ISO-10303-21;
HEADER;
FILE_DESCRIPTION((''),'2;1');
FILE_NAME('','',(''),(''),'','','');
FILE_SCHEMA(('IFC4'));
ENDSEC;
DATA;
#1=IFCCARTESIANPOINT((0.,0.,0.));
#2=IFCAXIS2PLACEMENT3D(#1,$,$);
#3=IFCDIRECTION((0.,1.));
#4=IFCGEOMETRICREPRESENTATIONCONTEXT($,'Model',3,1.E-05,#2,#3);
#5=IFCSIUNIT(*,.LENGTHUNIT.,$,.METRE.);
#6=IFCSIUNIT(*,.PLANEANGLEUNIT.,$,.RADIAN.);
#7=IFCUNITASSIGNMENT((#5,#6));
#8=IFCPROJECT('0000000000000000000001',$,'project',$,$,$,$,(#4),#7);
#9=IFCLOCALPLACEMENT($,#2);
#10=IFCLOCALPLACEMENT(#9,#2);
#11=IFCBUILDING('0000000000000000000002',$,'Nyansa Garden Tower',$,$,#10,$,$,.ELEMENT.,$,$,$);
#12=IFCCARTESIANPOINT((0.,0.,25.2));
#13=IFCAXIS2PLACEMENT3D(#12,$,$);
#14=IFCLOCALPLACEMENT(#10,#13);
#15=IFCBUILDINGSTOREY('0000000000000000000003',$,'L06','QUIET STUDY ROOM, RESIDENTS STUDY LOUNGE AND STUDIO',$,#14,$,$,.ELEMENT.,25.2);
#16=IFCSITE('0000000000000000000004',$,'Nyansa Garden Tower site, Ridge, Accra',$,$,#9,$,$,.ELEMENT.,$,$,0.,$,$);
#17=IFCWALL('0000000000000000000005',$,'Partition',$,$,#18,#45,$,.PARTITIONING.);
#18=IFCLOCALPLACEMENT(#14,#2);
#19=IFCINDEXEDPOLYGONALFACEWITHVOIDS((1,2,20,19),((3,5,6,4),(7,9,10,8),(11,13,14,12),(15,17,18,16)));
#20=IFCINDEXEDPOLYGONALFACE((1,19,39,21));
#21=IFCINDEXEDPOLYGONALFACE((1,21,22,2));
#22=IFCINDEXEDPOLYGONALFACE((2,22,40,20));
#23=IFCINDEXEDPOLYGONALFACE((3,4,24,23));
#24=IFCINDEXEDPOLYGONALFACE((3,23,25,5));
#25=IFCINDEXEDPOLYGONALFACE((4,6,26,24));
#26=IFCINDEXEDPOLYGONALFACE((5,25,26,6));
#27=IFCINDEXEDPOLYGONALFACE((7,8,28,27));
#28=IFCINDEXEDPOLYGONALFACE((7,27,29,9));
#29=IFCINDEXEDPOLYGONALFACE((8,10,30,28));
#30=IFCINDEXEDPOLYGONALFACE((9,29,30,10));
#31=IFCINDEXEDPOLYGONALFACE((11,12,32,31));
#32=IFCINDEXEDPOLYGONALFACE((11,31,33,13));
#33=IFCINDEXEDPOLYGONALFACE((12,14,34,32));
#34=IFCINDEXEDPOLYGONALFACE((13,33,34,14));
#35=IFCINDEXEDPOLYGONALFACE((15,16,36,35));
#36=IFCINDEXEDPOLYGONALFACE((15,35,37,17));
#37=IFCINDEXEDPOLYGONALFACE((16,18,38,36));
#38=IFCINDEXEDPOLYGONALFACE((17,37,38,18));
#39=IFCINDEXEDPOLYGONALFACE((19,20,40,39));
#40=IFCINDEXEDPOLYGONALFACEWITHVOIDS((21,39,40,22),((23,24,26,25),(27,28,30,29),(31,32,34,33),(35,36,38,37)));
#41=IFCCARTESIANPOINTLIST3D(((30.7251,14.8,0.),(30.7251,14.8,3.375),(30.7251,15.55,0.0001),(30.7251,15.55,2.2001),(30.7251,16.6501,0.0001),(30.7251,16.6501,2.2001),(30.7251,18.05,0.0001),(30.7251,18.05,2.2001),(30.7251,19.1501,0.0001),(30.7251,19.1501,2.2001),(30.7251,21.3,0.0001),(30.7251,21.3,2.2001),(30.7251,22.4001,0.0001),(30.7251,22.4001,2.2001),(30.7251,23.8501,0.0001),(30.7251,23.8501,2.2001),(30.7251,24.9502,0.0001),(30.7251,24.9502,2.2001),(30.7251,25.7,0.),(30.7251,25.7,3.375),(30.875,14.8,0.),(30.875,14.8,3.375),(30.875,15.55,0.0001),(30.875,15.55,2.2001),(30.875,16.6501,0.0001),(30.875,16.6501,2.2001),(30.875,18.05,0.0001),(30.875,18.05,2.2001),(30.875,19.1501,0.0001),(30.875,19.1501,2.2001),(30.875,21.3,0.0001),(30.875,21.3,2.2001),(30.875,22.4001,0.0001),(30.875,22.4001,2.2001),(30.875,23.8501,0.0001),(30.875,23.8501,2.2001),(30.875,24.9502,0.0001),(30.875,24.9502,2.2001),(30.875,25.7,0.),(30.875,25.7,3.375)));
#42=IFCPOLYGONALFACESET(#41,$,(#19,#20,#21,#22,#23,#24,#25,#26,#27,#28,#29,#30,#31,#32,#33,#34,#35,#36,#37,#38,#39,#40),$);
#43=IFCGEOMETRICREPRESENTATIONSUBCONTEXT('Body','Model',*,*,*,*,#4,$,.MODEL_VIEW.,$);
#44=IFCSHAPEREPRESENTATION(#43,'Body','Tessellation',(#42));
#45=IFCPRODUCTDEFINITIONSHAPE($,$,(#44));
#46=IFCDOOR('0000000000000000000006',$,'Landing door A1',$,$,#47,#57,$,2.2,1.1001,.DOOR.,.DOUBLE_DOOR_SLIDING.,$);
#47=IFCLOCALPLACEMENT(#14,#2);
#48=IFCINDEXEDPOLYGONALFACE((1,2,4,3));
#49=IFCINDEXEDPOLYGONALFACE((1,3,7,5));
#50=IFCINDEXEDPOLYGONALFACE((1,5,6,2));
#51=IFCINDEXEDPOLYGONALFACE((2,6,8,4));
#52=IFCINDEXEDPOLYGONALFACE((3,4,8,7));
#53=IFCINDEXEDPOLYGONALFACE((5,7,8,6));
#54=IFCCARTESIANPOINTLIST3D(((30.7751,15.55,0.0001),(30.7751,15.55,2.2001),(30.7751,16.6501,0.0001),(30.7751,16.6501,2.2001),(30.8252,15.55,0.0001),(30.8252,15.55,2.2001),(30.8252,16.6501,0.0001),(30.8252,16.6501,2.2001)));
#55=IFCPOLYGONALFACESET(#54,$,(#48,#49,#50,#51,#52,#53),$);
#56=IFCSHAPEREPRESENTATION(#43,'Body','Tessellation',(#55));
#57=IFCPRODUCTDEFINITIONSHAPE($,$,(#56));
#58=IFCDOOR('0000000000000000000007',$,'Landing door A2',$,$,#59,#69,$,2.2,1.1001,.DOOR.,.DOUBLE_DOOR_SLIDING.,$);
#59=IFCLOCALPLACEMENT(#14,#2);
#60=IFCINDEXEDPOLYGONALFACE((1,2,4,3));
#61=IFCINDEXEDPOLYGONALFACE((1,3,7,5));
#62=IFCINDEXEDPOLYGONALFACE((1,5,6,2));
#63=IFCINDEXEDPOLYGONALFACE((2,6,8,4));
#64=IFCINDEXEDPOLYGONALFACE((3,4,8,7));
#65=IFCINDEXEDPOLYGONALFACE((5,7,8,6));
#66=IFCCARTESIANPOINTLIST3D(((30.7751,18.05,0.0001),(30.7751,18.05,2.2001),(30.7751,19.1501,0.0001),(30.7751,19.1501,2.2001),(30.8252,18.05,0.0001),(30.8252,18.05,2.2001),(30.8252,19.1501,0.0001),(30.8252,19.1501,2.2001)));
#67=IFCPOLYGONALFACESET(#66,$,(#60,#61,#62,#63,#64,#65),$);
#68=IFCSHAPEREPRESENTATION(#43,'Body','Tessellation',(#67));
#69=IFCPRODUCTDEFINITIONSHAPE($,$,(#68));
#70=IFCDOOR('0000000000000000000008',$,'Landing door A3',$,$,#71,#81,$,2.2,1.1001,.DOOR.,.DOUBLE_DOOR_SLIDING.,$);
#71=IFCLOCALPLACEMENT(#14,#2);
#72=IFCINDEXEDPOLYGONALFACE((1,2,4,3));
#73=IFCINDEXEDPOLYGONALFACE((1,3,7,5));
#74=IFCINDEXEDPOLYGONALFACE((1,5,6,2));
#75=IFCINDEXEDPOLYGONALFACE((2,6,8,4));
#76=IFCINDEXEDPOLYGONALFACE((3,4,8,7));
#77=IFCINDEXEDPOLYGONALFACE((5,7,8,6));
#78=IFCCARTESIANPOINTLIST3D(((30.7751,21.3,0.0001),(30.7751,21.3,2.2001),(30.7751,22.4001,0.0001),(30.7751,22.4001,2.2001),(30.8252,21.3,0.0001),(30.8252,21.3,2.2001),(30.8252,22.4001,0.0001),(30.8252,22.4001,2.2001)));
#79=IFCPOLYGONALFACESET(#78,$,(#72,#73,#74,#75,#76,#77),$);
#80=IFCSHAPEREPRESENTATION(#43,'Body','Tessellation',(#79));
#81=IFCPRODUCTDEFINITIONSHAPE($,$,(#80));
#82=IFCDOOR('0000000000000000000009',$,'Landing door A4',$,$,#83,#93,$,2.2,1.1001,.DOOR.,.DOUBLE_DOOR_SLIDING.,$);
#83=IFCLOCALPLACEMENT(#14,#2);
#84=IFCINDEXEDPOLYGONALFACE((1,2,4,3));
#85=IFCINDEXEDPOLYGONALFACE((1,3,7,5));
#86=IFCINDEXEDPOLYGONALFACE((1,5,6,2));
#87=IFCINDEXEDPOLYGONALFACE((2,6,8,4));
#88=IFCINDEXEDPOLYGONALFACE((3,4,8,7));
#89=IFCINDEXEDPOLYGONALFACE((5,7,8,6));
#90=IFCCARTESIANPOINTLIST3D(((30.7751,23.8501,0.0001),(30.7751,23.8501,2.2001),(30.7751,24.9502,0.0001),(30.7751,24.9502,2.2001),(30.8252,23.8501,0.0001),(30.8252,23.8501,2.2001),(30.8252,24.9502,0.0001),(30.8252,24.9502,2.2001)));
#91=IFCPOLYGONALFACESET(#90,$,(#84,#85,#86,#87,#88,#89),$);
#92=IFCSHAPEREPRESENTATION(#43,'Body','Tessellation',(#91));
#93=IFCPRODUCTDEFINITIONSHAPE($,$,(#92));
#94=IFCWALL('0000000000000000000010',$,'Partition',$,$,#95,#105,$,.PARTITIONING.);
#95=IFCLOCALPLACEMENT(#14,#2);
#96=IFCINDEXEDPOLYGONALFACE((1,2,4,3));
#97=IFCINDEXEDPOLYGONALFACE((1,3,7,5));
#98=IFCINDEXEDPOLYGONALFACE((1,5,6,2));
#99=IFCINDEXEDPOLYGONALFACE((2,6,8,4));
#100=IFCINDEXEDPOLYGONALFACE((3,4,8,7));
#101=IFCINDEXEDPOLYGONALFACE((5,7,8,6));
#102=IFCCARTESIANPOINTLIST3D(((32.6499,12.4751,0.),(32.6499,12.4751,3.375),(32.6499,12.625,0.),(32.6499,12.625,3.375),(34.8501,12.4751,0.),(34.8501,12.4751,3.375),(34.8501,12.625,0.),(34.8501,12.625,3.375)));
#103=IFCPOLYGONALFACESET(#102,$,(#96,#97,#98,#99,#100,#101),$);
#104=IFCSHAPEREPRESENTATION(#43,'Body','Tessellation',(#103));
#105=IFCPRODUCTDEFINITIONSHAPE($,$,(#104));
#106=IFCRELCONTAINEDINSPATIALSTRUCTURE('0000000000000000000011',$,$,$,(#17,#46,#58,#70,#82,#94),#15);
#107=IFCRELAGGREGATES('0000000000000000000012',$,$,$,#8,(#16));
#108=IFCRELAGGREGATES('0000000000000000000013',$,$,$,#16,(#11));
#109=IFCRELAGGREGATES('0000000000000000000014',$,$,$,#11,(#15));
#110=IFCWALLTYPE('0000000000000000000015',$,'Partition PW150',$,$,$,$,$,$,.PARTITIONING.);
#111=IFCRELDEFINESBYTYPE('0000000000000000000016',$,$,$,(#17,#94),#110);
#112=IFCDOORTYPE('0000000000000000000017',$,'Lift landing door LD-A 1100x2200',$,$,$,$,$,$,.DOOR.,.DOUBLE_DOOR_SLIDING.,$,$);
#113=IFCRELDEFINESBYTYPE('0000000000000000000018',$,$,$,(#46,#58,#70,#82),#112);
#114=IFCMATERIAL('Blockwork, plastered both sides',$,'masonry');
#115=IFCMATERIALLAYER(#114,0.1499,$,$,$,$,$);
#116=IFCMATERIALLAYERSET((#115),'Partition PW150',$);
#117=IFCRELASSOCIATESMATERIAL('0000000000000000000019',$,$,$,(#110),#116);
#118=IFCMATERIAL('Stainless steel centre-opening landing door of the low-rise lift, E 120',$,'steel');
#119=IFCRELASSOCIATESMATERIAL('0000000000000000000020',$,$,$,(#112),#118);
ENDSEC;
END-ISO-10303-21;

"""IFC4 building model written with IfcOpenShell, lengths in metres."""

from ifc_helpers import new_model, si_unit, direction, frame, frame_2d, origin, place, context, subcontext, project, spatial, rectangle, extrude, material, layer, layer_set, type_object, element, fill, save


model = new_model("IFC4")

# Units and contexts
model_context = context("Model", 3, precision=1e-05, world=origin(), true_north=direction((0.0, 1.0)))
body_context = subcontext(model_context, "Body", "Model", "MODEL_VIEW")
ifc_project = project(units=[si_unit("LENGTHUNIT", "METRE"), si_unit("PLANEANGLEUNIT", "RADIAN")], contexts=[model_context])

# Site, building, storey
site_placement = place(None, origin())
site = spatial("IfcSite", under=ifc_project, at=site_placement, Name="Nyansa Garden Tower site, Ridge, Accra", CompositionType="ELEMENT", RefElevation=0.0)
building_placement = place(site_placement, origin())
building = spatial("IfcBuilding", under=site, at=building_placement, Name="Nyansa Garden Tower", CompositionType="ELEMENT")
storey_placement = place(building_placement, frame((0.0, 0.0, 25.2)))
storey = spatial("IfcBuildingStorey", under=building, at=storey_placement, Name="L06", Description="QUIET STUDY ROOM, RESIDENTS STUDY LOUNGE AND STUDIO", CompositionType="ELEMENT", Elevation=25.2)

# Shared definitions
ifc_material_1 = material(Name="Blockwork, plastered both sides", Category="masonry")
ifc_layer_1 = layer(ifc_material_1, 0.1499)
ifc_layer_set_1 = layer_set([ifc_layer_1], Name="Partition PW150")
wall_type_1 = type_object("IfcWallType", Name="Partition PW150", PredefinedType="PARTITIONING", material=ifc_layer_set_1)

# Wall, openings, doors
wall_1_placement = place(storey_placement, frame((30.8, 14.8, 0.0), z_axis=(0.0, 0.0, 1.0), x_axis=(0.0, 1.0, 0.0)))
wall_1 = element("IfcWall", 1, at=wall_1_placement, inside=storey, type_object=wall_type_1, Name="Partition", PredefinedType="PARTITIONING", context=body_context, shape_type="SweptSolid", body=[
    extrude(rectangle(XDim=10.8999, YDim=0.1499, at=frame_2d((5.45, 0.0))), origin(), (0.0, 0.0, 1.0), 3.375),
])
opening_1_placement = place(wall_1_placement, frame((0.75, 0.0, 0.0)))
opening_1 = element("IfcOpeningElement", 2, at=opening_1_placement, cuts=wall_1, PredefinedType="OPENING", context=body_context, shape_type="SweptSolid", body=[
    extrude(rectangle(XDim=1.1001, YDim=2.2, at=frame_2d((0.55, 1.1001))), frame((0.0, 0.085, 0.0), z_axis=(0.0, -1.0, 0.0), x_axis=(1.0, 0.0, 0.0)), (0.0, 0.0, 1.0), 0.1699),
])
opening_2_placement = place(wall_1_placement, frame((3.25, 0.0, 0.0)))
opening_2 = element("IfcOpeningElement", 3, at=opening_2_placement, cuts=wall_1, PredefinedType="OPENING", context=body_context, shape_type="SweptSolid", body=[
    extrude(rectangle(XDim=1.1001, YDim=2.2, at=frame_2d((0.55, 1.1001))), frame((0.0, 0.085, 0.0), z_axis=(0.0, -1.0, 0.0), x_axis=(1.0, 0.0, 0.0)), (0.0, 0.0, 1.0), 0.1699),
])
opening_3_placement = place(wall_1_placement, frame((6.5, 0.0, 0.0)))
opening_3 = element("IfcOpeningElement", 4, at=opening_3_placement, cuts=wall_1, PredefinedType="OPENING", context=body_context, shape_type="SweptSolid", body=[
    extrude(rectangle(XDim=1.1001, YDim=2.2, at=frame_2d((0.55, 1.1001))), frame((0.0, 0.085, 0.0), z_axis=(0.0, -1.0, 0.0), x_axis=(1.0, 0.0, 0.0)), (0.0, 0.0, 1.0), 0.1699),
])
opening_4_placement = place(wall_1_placement, frame((9.05, 0.0, 0.0)))
opening_4 = element("IfcOpeningElement", 5, at=opening_4_placement, cuts=wall_1, PredefinedType="OPENING", context=body_context, shape_type="SweptSolid", body=[
    extrude(rectangle(XDim=1.1001, YDim=2.2, at=frame_2d((0.55, 1.1001))), frame((0.0, 0.085, 0.0), z_axis=(0.0, -1.0, 0.0), x_axis=(1.0, 0.0, 0.0)), (0.0, 0.0, 1.0), 0.1699),
])
ifc_material_2 = material(Name="Stainless steel centre-opening landing door of the low-rise lift, E 120", Category="steel")
door_type_1 = type_object("IfcDoorType", Name="Lift landing door LD-A 1100x2200", OperationType="DOUBLE_DOOR_SLIDING", PredefinedType="DOOR", material=ifc_material_2)
door_1_placement = place(opening_1_placement, origin())
door_1 = element("IfcDoor", 6, at=door_1_placement, inside=storey, type_object=door_type_1, Name="Landing door A1", OperationType="DOUBLE_DOOR_SLIDING", OverallHeight=2.2, OverallWidth=1.1001, PredefinedType="DOOR", context=body_context, shape_type="SweptSolid", body=[
    extrude(rectangle(XDim=1.1001, YDim=2.2, at=frame_2d((0.55, 1.1001))), frame((0.0, 0.0249, 0.0), z_axis=(0.0, -1.0, 0.0), x_axis=(1.0, 0.0, 0.0)), (0.0, 0.0, 1.0), 0.05),
])
fill(opening_1, door_1)
door_2_placement = place(opening_2_placement, origin())
door_2 = element("IfcDoor", 7, at=door_2_placement, inside=storey, type_object=door_type_1, Name="Landing door A2", OperationType="DOUBLE_DOOR_SLIDING", OverallHeight=2.2, OverallWidth=1.1001, PredefinedType="DOOR", context=body_context, shape_type="SweptSolid", body=[
    extrude(rectangle(XDim=1.1001, YDim=2.2, at=frame_2d((0.55, 1.1001))), frame((0.0, 0.0249, 0.0), z_axis=(0.0, -1.0, 0.0), x_axis=(1.0, 0.0, 0.0)), (0.0, 0.0, 1.0), 0.05),
])
fill(opening_2, door_2)
door_3_placement = place(opening_3_placement, origin())
door_3 = element("IfcDoor", 8, at=door_3_placement, inside=storey, type_object=door_type_1, Name="Landing door A3", OperationType="DOUBLE_DOOR_SLIDING", OverallHeight=2.2, OverallWidth=1.1001, PredefinedType="DOOR", context=body_context, shape_type="SweptSolid", body=[
    extrude(rectangle(XDim=1.1001, YDim=2.2, at=frame_2d((0.55, 1.1001))), frame((0.0, 0.0249, 0.0), z_axis=(0.0, -1.0, 0.0), x_axis=(1.0, 0.0, 0.0)), (0.0, 0.0, 1.0), 0.05),
])
fill(opening_3, door_3)
door_4_placement = place(opening_4_placement, origin())
door_4 = element("IfcDoor", 9, at=door_4_placement, inside=storey, type_object=door_type_1, Name="Landing door A4", OperationType="DOUBLE_DOOR_SLIDING", OverallHeight=2.2, OverallWidth=1.1001, PredefinedType="DOOR", context=body_context, shape_type="SweptSolid", body=[
    extrude(rectangle(XDim=1.1001, YDim=2.2, at=frame_2d((0.55, 1.1001))), frame((0.0, 0.0249, 0.0), z_axis=(0.0, -1.0, 0.0), x_axis=(1.0, 0.0, 0.0)), (0.0, 0.0, 1.0), 0.05),
])
fill(opening_4, door_4)

# Wall
wall_2_placement = place(storey_placement, frame((32.6499, 12.55, 0.0), z_axis=(0.0, 0.0, 1.0), x_axis=(1.0, 0.0, 0.0)))
element("IfcWall", 10, at=wall_2_placement, inside=storey, type_object=wall_type_1, Name="Partition", PredefinedType="PARTITIONING", context=body_context, shape_type="SweptSolid", body=[
    extrude(rectangle(XDim=2.2002, YDim=0.1499, at=frame_2d((1.1001, 0.0))), origin(), (0.0, 0.0, 1.0), 3.375),
])

save(model, "model.ifc")
